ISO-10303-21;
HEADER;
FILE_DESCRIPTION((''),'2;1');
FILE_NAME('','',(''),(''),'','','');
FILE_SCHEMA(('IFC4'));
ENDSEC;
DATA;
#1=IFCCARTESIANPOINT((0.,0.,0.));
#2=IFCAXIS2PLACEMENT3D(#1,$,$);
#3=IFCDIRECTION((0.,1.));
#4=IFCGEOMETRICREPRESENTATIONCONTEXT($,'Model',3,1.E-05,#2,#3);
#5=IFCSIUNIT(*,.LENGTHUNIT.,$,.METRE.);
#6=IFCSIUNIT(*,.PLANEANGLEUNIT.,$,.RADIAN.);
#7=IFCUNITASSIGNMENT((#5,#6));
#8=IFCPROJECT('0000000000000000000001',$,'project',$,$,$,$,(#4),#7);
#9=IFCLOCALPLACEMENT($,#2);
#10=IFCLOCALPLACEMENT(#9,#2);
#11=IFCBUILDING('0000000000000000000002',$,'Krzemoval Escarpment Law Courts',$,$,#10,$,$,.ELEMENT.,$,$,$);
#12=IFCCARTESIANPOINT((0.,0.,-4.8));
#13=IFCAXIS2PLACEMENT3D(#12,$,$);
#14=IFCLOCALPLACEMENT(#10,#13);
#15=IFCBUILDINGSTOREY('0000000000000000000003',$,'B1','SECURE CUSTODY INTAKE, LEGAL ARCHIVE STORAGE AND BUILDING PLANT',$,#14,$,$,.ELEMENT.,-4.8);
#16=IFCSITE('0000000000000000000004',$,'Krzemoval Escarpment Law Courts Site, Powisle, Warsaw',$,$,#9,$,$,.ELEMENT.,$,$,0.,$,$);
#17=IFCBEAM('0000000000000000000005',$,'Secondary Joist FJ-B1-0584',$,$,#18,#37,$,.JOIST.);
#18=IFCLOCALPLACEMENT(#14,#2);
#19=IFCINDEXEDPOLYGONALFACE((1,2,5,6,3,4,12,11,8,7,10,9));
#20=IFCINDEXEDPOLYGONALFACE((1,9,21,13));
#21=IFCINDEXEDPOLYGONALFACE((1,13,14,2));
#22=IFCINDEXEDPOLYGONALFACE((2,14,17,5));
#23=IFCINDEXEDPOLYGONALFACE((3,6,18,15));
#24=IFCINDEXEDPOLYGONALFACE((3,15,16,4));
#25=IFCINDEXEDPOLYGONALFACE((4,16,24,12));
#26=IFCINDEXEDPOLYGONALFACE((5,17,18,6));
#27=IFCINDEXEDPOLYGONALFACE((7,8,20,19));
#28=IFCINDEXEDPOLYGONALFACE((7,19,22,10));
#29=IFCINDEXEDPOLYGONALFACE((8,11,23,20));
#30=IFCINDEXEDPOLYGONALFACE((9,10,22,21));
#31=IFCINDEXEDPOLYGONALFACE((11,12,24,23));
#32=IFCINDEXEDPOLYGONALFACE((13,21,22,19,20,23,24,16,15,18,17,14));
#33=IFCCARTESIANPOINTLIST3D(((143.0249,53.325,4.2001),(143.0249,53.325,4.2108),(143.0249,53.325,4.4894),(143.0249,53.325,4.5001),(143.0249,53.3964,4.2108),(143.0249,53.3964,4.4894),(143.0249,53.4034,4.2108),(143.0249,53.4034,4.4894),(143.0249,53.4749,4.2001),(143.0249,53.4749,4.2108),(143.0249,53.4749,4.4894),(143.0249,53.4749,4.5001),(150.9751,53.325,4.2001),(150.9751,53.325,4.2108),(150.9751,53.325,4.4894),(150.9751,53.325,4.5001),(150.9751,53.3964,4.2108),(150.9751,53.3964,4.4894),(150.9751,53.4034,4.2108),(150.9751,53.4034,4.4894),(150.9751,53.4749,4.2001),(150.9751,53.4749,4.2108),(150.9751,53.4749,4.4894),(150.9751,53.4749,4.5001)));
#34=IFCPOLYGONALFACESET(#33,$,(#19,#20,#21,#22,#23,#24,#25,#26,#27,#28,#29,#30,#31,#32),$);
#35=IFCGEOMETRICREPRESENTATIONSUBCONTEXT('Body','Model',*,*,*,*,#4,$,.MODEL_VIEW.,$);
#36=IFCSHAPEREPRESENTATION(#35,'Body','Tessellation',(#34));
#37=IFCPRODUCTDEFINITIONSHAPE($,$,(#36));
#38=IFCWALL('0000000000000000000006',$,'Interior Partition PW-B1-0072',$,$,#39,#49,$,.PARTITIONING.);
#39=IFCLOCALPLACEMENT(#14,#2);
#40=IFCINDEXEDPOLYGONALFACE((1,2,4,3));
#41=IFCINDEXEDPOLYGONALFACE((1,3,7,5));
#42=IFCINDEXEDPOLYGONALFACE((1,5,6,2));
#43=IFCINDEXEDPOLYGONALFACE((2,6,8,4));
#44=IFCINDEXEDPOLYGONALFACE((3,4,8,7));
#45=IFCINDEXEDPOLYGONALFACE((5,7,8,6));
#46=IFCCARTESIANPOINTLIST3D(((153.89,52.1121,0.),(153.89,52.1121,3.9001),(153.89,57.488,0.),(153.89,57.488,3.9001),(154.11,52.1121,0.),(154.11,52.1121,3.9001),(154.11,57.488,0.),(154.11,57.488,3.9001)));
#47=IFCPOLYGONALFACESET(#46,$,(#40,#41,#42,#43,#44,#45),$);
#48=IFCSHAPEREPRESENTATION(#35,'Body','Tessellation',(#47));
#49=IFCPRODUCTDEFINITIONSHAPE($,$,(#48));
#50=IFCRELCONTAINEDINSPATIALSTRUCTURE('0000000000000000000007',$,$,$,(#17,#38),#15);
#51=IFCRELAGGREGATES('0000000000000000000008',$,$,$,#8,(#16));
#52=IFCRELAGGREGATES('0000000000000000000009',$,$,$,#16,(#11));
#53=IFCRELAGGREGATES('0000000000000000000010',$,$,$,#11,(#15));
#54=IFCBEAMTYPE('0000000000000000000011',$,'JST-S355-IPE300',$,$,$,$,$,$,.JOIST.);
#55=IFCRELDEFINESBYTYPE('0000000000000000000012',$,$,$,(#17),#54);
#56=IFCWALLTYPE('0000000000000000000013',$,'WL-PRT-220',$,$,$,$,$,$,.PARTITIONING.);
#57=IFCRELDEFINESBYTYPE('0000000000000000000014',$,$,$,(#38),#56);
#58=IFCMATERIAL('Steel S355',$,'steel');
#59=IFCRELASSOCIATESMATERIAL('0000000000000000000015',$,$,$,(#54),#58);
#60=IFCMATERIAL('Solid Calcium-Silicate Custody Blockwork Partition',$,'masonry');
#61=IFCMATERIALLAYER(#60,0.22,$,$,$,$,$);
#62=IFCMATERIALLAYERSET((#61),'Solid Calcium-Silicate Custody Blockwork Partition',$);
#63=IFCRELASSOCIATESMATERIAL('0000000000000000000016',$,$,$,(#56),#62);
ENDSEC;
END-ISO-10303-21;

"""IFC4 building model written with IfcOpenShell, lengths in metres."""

from ifc_helpers import new_model, si_unit, direction, frame, frame_2d, origin, origin_2d, place, context, subcontext, project, spatial, rectangle, i_section, extrude, material, layer, layer_set, material_profile, profile_set, type_object, element, save


model = new_model("IFC4")

# Units and contexts
model_context = context("Model", 3, precision=1e-05, world=origin(), true_north=direction((0.0, 1.0)))
body_context = subcontext(model_context, "Body", "Model", "MODEL_VIEW")
ifc_project = project(units=[si_unit("LENGTHUNIT", "METRE"), si_unit("PLANEANGLEUNIT", "RADIAN")], contexts=[model_context])

# Site, building, storey
site_placement = place(None, origin())
site = spatial("IfcSite", under=ifc_project, at=site_placement, Name="Krzemoval Escarpment Law Courts Site, Powisle, Warsaw", CompositionType="ELEMENT", RefElevation=0.0)
building_placement = place(site_placement, origin())
building = spatial("IfcBuilding", under=site, at=building_placement, Name="Krzemoval Escarpment Law Courts", CompositionType="ELEMENT")
storey_placement = place(building_placement, frame((0.0, 0.0, -4.8)))
storey = spatial("IfcBuildingStorey", under=building, at=storey_placement, Name="B1", Description="SECURE CUSTODY INTAKE, LEGAL ARCHIVE STORAGE AND BUILDING PLANT", CompositionType="ELEMENT", Elevation=-4.8)

# Beam
ifc_material_1 = material(Name="Steel S355", Category="steel")
ifc_material_profile_1 = material_profile(ifc_material_1, i_section(OverallWidth=0.1499, OverallDepth=0.3, WebThickness=0.0071, FlangeThickness=0.0107, at=origin_2d()), Name="IPE 300")
ifc_profile_set_1 = profile_set([ifc_material_profile_1], Name="Steel S355")
beam_type_1 = type_object("IfcBeamType", Name="JST-S355-IPE300", PredefinedType="JOIST", material=ifc_profile_set_1)
for number, where, z_axis, x_axis, name in (
    (1, (143.0249, 53.3999, 4.3501), (1.0, 0.0, 0.0), (0.0, 1.0, 0.0), "Secondary Joist FJ-B1-0584"),
):
    element("IfcBeam", number, at=place(storey_placement, frame(where, z_axis=z_axis, x_axis=x_axis)), inside=storey, type_object=beam_type_1, Name=name, PredefinedType="JOIST", context=body_context, shape_type="SweptSolid", body=[
        extrude(i_section(OverallWidth=0.1499, OverallDepth=0.3, WebThickness=0.0071, FlangeThickness=0.0107, at=origin_2d()), origin(), (0.0, 0.0, 1.0), 7.9502),
    ])

# Wall
ifc_material_2 = material(Name="Solid Calcium-Silicate Custody Blockwork Partition", Category="masonry")
ifc_layer = layer(ifc_material_2, 0.22)
ifc_layer_set = layer_set([ifc_layer], Name="Solid Calcium-Silicate Custody Blockwork Partition")
wall_type = type_object("IfcWallType", Name="WL-PRT-220", PredefinedType="PARTITIONING", material=ifc_layer_set)
wall_placement = place(storey_placement, frame((154.0, 52.1121, 0.0), z_axis=(0.0, 0.0, 1.0), x_axis=(0.0, 1.0, 0.0)))
element("IfcWall", 2, at=wall_placement, inside=storey, type_object=wall_type, Name="Interior Partition PW-B1-0072", PredefinedType="PARTITIONING", context=body_context, shape_type="SweptSolid", body=[
    extrude(rectangle(XDim=5.376, YDim=0.22, at=frame_2d((2.688, 0.0))), origin(), (0.0, 0.0, 1.0), 3.9001),
])

save(model, "model.ifc")
